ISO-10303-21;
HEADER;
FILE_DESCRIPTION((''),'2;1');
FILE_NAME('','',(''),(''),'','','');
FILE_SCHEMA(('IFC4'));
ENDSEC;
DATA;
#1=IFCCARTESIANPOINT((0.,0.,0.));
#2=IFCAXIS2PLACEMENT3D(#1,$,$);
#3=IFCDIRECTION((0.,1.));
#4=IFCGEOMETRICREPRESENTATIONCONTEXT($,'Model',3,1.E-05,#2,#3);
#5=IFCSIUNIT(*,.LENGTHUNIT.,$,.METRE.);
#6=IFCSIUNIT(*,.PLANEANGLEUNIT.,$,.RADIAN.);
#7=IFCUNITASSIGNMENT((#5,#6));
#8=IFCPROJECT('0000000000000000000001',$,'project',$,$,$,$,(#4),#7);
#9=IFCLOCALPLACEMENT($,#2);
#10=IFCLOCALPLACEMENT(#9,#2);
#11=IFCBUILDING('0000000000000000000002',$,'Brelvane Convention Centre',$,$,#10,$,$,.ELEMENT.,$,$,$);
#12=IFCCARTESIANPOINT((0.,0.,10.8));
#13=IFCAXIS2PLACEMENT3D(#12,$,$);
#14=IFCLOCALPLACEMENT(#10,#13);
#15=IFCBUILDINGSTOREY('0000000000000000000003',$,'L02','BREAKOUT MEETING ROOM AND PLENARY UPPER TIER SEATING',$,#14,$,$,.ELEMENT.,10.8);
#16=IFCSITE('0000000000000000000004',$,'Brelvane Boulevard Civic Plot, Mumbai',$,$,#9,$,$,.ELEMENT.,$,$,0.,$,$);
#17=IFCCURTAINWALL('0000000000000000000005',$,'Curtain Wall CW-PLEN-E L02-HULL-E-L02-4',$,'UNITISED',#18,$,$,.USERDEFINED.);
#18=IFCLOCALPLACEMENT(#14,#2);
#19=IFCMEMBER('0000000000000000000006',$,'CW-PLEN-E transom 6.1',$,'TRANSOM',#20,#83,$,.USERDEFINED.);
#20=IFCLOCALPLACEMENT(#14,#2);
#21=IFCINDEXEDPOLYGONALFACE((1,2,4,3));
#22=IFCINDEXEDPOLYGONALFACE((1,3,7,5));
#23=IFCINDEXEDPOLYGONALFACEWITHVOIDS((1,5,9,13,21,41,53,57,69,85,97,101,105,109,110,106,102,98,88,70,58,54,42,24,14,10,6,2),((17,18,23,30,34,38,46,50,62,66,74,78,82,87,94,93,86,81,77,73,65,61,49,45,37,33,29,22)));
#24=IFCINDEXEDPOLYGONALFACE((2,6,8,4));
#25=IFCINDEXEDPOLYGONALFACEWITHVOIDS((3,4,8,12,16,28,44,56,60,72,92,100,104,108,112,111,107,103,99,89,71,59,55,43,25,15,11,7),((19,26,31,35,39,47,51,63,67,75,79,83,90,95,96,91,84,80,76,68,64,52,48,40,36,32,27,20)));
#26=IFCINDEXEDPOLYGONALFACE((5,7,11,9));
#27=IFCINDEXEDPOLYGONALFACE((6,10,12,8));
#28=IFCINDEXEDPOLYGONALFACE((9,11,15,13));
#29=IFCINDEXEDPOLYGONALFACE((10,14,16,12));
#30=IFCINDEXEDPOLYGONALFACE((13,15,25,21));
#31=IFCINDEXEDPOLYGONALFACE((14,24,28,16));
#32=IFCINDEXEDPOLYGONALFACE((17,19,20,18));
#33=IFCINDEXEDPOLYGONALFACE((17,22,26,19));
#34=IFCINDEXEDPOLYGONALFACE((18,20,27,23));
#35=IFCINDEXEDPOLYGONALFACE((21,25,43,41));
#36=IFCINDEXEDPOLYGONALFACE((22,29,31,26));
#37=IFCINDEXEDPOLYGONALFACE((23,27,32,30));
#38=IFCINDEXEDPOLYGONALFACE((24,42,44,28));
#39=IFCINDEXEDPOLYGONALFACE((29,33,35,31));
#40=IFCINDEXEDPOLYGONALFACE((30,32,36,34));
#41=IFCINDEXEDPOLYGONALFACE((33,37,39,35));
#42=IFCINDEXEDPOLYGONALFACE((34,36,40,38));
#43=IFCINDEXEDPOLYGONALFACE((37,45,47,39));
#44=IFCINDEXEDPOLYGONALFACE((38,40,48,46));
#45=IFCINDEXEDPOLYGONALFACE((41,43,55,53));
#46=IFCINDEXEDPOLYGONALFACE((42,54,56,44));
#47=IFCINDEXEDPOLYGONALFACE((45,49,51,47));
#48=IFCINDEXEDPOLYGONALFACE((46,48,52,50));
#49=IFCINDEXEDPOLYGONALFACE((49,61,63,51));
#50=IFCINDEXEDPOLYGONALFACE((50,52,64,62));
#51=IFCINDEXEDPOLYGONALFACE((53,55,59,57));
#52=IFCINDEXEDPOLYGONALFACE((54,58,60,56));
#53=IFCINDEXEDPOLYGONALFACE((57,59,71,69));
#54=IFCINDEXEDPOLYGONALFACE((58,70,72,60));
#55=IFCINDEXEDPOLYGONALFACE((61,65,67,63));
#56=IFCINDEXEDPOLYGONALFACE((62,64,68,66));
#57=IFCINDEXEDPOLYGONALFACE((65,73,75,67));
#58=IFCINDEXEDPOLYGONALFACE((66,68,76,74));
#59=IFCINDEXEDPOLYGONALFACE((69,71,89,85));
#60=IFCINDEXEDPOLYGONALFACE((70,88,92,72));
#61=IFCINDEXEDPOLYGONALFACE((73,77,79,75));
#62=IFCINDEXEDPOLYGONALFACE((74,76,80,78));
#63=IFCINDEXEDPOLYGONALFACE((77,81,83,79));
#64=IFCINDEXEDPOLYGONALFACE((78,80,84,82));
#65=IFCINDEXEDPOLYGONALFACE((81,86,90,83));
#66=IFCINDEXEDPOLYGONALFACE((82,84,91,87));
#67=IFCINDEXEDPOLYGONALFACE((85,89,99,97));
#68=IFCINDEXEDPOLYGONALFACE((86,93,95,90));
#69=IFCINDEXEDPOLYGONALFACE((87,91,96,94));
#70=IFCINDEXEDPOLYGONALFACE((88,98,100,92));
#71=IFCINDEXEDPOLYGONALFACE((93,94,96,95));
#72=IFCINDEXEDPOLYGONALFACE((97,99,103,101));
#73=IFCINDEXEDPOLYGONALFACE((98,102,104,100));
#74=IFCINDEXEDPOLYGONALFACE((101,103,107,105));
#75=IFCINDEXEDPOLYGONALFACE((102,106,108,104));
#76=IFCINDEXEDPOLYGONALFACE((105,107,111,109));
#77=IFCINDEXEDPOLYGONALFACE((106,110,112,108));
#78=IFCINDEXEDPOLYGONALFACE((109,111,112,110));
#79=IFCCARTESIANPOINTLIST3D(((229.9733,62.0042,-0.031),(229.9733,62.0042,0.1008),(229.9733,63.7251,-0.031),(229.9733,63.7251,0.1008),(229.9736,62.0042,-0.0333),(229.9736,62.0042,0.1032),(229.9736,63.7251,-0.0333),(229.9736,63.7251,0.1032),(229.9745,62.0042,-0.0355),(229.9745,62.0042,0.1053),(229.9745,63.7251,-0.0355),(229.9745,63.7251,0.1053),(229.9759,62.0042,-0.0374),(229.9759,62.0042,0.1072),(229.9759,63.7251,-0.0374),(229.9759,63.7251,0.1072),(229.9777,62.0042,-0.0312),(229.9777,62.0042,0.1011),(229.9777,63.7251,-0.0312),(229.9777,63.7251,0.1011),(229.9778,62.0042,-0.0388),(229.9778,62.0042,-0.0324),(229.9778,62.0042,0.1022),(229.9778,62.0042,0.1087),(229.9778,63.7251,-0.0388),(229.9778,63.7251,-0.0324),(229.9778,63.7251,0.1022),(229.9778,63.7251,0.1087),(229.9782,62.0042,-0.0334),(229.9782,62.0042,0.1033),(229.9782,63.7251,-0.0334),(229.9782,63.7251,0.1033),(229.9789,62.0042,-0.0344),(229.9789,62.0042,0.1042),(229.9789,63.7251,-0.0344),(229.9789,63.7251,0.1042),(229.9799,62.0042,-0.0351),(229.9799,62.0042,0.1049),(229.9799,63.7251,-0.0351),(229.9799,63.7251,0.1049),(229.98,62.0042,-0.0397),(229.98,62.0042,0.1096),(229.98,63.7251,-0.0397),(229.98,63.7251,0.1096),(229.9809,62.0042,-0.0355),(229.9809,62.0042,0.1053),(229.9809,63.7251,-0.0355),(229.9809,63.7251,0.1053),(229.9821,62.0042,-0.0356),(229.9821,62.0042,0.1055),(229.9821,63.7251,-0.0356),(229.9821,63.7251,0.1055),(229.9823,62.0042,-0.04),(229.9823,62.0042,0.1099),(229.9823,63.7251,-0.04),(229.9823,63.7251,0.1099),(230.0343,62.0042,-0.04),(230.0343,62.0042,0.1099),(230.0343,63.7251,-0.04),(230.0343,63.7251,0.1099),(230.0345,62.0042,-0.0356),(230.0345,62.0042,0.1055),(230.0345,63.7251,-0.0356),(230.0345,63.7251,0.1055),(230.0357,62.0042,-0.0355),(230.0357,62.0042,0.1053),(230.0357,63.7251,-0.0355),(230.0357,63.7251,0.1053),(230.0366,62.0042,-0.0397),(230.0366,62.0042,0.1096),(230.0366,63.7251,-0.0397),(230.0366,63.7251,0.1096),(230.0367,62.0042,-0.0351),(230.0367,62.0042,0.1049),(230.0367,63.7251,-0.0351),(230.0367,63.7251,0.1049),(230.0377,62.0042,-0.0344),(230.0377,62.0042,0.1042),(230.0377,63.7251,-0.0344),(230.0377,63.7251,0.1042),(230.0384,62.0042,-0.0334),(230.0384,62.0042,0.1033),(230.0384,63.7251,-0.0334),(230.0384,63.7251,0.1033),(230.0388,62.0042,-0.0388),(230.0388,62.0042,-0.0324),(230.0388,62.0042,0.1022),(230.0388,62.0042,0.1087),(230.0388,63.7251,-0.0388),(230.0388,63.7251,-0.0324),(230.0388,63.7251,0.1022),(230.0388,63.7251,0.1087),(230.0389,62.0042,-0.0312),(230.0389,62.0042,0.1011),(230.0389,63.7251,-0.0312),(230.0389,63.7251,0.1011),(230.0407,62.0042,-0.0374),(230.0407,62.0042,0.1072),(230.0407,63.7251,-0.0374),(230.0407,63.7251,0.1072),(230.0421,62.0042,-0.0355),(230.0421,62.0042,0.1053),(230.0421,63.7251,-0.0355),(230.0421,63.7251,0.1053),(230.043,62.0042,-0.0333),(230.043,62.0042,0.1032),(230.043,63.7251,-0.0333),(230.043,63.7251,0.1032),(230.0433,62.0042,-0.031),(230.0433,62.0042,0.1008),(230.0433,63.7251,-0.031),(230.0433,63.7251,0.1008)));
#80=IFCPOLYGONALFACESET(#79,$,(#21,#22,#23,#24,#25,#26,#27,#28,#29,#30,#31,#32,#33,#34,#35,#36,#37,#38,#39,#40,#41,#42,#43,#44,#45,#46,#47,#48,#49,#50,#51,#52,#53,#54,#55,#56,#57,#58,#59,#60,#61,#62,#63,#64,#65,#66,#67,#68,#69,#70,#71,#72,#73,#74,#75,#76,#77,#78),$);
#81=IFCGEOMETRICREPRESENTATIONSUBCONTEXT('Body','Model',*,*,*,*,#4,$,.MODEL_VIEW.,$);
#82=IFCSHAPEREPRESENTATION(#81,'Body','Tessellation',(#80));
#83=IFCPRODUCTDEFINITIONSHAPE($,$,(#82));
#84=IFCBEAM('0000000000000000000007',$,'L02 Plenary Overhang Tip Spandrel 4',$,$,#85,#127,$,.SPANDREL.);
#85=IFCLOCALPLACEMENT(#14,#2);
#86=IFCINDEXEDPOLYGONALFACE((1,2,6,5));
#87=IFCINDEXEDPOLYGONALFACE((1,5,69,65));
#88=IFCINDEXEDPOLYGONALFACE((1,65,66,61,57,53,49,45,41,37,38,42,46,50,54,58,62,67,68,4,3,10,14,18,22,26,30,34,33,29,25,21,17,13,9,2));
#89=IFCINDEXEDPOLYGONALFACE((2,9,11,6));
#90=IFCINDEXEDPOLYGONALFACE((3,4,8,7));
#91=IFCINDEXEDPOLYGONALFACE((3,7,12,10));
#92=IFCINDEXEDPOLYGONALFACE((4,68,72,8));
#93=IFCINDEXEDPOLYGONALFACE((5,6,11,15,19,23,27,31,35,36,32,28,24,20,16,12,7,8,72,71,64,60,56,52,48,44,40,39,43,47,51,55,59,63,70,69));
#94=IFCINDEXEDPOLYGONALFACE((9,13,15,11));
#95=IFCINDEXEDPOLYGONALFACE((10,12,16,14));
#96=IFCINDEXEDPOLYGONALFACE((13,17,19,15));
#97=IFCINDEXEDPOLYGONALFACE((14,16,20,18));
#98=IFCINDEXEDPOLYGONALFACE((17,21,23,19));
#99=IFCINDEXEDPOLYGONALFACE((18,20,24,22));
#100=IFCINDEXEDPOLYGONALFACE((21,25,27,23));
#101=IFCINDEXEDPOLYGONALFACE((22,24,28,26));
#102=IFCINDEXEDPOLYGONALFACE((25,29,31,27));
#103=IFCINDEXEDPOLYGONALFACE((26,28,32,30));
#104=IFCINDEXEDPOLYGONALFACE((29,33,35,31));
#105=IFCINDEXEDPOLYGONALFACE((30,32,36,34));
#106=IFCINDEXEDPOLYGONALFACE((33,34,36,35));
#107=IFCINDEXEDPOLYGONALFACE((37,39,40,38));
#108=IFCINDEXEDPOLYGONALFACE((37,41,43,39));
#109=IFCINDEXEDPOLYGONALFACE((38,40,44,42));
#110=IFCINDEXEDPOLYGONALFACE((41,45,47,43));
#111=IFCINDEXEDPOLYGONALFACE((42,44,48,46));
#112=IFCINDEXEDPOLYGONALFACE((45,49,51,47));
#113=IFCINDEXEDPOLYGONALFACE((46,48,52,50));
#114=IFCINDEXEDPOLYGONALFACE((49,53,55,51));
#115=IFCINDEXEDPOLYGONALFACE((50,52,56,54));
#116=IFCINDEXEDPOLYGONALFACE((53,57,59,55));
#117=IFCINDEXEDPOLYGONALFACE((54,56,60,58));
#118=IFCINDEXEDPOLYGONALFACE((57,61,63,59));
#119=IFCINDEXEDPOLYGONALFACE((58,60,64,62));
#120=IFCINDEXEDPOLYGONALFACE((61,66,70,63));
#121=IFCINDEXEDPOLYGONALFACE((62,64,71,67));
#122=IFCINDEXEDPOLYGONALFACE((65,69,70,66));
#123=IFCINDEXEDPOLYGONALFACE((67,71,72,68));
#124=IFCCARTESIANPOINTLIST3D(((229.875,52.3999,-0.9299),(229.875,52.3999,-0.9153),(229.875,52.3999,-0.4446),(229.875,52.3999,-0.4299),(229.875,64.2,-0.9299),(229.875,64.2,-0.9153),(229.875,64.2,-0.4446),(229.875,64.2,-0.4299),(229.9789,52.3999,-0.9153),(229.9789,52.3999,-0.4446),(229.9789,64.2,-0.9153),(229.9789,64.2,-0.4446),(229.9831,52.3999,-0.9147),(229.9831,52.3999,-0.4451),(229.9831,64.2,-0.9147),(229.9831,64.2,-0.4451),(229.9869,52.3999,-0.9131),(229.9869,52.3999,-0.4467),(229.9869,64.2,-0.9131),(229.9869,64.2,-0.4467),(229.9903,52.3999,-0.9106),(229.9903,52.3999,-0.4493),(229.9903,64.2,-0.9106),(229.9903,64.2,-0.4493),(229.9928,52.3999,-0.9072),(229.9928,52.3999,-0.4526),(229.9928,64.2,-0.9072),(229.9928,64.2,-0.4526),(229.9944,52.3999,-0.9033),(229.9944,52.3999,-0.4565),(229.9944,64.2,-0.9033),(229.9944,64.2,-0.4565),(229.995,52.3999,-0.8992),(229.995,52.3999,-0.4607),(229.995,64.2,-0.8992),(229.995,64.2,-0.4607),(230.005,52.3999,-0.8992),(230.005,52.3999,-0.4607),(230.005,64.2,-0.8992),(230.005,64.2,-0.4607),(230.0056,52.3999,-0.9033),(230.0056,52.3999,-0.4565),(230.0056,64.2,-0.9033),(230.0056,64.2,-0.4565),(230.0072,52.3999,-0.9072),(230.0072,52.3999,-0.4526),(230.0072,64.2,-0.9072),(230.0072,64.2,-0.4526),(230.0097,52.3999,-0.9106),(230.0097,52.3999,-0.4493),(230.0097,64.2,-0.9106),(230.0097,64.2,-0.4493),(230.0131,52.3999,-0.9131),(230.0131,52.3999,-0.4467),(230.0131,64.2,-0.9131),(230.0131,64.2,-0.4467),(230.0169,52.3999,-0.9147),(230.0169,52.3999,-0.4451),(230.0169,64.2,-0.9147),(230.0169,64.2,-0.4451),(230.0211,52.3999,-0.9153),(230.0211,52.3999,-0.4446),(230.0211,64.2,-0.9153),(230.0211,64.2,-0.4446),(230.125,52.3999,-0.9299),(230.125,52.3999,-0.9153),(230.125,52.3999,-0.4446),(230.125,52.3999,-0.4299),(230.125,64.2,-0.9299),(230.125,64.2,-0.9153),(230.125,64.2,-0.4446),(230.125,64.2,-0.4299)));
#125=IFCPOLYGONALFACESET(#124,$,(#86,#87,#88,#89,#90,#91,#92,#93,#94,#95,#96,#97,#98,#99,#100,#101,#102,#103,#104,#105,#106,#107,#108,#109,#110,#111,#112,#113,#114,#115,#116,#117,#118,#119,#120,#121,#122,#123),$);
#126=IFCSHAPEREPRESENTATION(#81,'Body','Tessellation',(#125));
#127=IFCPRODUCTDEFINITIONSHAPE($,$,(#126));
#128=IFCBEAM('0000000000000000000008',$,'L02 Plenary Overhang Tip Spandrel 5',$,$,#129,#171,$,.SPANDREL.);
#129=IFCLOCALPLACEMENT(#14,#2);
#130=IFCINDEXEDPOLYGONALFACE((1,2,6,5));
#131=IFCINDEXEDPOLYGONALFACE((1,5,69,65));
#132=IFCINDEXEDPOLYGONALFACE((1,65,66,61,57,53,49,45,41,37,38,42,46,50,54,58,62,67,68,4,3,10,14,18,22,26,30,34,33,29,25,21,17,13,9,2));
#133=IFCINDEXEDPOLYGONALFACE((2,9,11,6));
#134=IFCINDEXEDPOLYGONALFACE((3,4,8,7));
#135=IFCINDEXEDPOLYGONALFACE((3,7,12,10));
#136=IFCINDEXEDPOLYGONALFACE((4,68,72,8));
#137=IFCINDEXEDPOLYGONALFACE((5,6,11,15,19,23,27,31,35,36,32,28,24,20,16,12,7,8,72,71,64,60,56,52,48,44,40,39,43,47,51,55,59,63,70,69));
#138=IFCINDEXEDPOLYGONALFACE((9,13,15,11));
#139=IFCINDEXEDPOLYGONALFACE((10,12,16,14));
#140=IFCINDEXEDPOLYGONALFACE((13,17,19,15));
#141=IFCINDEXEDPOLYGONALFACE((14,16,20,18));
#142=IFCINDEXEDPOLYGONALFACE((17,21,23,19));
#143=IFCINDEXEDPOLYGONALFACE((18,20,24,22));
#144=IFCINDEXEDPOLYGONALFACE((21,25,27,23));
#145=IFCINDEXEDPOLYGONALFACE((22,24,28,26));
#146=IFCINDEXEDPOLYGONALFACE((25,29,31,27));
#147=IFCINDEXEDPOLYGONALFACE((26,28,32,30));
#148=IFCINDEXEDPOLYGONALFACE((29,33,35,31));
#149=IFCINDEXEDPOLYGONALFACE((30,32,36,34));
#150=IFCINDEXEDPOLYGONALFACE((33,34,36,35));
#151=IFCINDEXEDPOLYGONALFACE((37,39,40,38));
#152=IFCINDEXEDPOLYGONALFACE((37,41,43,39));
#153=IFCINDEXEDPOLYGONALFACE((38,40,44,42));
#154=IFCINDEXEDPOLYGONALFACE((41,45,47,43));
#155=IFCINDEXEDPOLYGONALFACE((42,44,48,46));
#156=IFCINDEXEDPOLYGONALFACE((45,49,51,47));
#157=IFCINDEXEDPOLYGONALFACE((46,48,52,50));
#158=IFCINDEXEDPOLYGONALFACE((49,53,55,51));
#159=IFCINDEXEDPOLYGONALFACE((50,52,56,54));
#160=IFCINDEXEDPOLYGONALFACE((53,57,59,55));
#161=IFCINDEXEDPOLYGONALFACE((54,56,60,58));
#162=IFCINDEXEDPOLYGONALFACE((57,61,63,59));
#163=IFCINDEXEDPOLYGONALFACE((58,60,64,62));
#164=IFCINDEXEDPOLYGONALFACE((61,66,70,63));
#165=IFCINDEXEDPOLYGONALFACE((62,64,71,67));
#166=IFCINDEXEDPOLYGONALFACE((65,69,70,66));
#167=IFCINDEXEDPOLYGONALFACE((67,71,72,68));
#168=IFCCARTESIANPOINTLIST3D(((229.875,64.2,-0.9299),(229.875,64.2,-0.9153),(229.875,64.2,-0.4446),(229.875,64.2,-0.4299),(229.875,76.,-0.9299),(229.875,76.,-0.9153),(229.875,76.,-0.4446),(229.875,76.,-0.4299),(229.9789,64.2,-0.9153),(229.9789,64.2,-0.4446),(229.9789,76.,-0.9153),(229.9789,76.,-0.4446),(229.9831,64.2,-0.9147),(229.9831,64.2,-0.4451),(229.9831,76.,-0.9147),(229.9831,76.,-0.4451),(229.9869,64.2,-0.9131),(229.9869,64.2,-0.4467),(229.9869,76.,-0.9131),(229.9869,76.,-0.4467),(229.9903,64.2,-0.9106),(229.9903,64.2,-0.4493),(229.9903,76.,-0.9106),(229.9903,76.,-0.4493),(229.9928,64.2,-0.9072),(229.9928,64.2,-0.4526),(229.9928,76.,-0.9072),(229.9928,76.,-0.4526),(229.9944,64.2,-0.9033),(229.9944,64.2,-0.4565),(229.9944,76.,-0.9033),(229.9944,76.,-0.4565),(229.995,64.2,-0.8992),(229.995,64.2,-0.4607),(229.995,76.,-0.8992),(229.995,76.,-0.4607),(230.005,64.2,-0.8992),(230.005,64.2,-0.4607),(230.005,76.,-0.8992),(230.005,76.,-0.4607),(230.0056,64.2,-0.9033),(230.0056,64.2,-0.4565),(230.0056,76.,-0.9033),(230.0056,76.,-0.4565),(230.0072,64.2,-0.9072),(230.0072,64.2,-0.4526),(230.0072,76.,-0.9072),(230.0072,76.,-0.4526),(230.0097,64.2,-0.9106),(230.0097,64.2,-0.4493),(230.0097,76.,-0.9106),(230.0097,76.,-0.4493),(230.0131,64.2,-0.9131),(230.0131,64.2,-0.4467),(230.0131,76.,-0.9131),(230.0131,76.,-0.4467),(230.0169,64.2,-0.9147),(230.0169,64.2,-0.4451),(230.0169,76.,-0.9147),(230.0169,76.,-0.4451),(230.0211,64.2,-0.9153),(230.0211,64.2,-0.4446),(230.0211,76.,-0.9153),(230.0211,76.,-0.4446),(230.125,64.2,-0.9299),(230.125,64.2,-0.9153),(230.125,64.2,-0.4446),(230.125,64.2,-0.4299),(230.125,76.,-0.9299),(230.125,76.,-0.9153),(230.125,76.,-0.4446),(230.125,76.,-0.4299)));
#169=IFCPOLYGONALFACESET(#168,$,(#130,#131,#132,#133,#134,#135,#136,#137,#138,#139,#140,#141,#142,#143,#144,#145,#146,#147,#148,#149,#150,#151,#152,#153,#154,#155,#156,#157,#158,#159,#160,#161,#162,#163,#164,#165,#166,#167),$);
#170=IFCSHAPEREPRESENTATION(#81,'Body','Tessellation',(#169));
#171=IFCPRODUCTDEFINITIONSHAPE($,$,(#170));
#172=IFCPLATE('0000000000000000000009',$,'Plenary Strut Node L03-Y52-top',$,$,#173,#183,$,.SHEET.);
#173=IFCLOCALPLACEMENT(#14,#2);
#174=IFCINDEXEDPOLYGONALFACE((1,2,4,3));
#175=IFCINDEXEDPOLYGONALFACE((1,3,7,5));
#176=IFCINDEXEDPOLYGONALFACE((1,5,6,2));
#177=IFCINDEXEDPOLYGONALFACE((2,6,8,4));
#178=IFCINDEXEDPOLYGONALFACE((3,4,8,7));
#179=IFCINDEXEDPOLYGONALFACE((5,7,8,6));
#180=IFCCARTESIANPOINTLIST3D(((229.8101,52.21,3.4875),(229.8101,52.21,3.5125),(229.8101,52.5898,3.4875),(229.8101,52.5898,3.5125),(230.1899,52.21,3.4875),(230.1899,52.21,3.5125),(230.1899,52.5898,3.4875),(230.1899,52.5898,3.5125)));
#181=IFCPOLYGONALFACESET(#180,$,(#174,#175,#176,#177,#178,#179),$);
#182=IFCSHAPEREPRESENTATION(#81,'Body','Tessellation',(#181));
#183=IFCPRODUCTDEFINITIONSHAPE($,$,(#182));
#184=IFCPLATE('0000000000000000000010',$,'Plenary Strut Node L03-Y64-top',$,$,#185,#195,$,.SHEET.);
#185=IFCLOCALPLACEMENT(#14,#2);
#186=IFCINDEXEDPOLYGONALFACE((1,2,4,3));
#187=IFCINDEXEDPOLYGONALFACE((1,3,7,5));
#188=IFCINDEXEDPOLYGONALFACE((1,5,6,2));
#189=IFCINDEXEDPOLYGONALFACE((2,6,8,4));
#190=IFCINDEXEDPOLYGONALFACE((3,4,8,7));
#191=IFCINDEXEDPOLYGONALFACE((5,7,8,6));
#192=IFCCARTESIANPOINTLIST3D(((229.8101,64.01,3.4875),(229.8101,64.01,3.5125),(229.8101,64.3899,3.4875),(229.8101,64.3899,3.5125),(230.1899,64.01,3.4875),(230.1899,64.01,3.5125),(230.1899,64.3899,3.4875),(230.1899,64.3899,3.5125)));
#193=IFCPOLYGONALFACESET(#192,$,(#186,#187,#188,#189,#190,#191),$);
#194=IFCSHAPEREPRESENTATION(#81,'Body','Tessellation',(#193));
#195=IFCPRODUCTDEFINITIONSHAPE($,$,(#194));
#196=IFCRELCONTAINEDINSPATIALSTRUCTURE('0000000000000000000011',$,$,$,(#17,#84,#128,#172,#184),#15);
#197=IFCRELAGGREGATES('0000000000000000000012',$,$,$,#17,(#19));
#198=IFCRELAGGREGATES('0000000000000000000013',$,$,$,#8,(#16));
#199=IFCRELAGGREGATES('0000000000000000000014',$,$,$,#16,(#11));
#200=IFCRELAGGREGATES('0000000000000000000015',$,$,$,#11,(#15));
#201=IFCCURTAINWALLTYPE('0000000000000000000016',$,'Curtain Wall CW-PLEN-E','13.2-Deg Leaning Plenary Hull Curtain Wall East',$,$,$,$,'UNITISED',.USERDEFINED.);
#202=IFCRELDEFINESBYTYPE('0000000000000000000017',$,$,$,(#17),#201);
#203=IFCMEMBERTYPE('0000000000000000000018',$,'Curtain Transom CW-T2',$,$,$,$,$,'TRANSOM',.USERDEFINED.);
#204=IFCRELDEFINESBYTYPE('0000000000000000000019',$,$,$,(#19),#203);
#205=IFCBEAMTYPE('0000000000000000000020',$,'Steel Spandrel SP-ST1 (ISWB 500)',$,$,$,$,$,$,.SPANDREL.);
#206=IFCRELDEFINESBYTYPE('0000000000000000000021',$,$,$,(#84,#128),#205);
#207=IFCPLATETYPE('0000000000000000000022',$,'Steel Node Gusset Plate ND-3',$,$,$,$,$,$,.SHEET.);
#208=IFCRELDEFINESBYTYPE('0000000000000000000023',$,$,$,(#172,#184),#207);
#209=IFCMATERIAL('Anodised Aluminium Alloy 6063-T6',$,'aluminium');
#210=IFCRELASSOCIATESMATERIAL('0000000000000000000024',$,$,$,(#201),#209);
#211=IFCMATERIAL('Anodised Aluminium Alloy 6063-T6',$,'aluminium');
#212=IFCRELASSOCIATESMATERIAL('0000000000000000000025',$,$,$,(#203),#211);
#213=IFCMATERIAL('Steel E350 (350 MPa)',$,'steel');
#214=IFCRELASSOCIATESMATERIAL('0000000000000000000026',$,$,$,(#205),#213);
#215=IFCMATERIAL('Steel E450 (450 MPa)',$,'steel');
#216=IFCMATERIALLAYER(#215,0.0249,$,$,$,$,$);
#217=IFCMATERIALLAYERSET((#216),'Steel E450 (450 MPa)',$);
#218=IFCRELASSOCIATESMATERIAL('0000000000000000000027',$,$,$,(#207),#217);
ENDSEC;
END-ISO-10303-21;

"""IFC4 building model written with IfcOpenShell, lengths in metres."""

from ifc_helpers import new_model, si_unit, direction, frame, origin, origin_2d, place, context, subcontext, project, spatial, rectangle, hollow_rectangle, i_section, extrude, material, layer, layer_set, material_profile, profile_set, type_object, element, aggregate, save


model = new_model("IFC4")

# Units and contexts
model_context = context("Model", 3, precision=1e-05, world=origin(), true_north=direction((0.0, 1.0)))
body_context = subcontext(model_context, "Body", "Model", "MODEL_VIEW")
ifc_project = project(units=[si_unit("LENGTHUNIT", "METRE"), si_unit("PLANEANGLEUNIT", "RADIAN")], contexts=[model_context])

# Site, building, storey
site_placement = place(None, origin())
site = spatial("IfcSite", under=ifc_project, at=site_placement, Name="Brelvane Boulevard Civic Plot, Mumbai", CompositionType="ELEMENT", RefElevation=0.0)
building_placement = place(site_placement, origin())
building = spatial("IfcBuilding", under=site, at=building_placement, Name="Brelvane Convention Centre", CompositionType="ELEMENT")
storey_placement = place(building_placement, frame((0.0, 0.0, 10.8)))
storey = spatial("IfcBuildingStorey", under=building, at=storey_placement, Name="L02", Description="BREAKOUT MEETING ROOM AND PLENARY UPPER TIER SEATING", CompositionType="ELEMENT", Elevation=10.8)

# Curtain wall
ifc_material_1 = material(Name="Anodised Aluminium Alloy 6063-T6", Category="aluminium")
curtain_wall_type = type_object("IfcCurtainWallType", Name="Curtain Wall CW-PLEN-E", Description="13.2-Deg Leaning Plenary Hull Curtain Wall East", ElementType="UNITISED", PredefinedType="USERDEFINED", material=ifc_material_1)
curtain_wall_1_placement = place(storey_placement, origin())
curtain_wall_1 = element("IfcCurtainWall", 1, at=curtain_wall_1_placement, inside=storey, type_object=curtain_wall_type, Name="Curtain Wall CW-PLEN-E L02-HULL-E-L02-4", ObjectType="UNITISED", PredefinedType="USERDEFINED")

# Member
ifc_material_2 = material(Name="Anodised Aluminium Alloy 6063-T6", Category="aluminium")
ifc_material_profile_1 = material_profile(ifc_material_2, hollow_rectangle(XDim=0.0701, YDim=0.1499, WallThickness=0.0044, InnerFilletRadius=0.0044, OuterFilletRadius=0.009, at=origin_2d()), Name="ALU-T 150x70x4.5")
ifc_profile_set_1 = profile_set([ifc_material_profile_1], Name="Anodised Aluminium Alloy 6063-T6")
member_type_1 = type_object("IfcMemberType", Name="Curtain Transom CW-T2", ElementType="TRANSOM", PredefinedType="USERDEFINED", material=ifc_profile_set_1)
member_1_placement = place(storey_placement, frame((230.0083, 62.0042, 0.0349), z_axis=(0.0, 1.0, 0.0), x_axis=(-1.0, 0.0, 0.0)))
member_1 = element("IfcMember", 2, at=member_1_placement, type_object=member_type_1, Name="CW-PLEN-E transom 6.1", ObjectType="TRANSOM", PredefinedType="USERDEFINED", context=body_context, shape_type="SweptSolid", body=[
    extrude(hollow_rectangle(XDim=0.0701, YDim=0.1499, WallThickness=0.0044, InnerFilletRadius=0.0044, OuterFilletRadius=0.009, at=origin_2d()), origin(), (0.0, 0.0, 1.0), 1.7209),
])
aggregate(curtain_wall_1, [member_1])

# Beams
ifc_material_3 = material(Name="Steel E350 (350 MPa)", Category="steel")
ifc_material_profile_2 = material_profile(ifc_material_3, i_section(OverallWidth=0.25, OverallDepth=0.5, WebThickness=0.01, FlangeThickness=0.0146, FilletRadius=0.0161, at=origin_2d()), Name="ISWB 500")
ifc_profile_set_2 = profile_set([ifc_material_profile_2], Name="Steel E350 (350 MPa)")
beam_type = type_object("IfcBeamType", Name="Steel Spandrel SP-ST1 (ISWB 500)", PredefinedType="SPANDREL", material=ifc_profile_set_2)
for number, where, z_axis, x_axis, name in (
    (3, (230.0, 52.3999, -0.6799), (0.0, 1.0, 0.0), (-1.0, 0.0, 0.0), "L02 Plenary Overhang Tip Spandrel 4"),
    (4, (230.0, 64.2, -0.6799), (0.0, 1.0, 0.0), (-1.0, 0.0, 0.0), "L02 Plenary Overhang Tip Spandrel 5"),
):
    element("IfcBeam", number, at=place(storey_placement, frame(where, z_axis=z_axis, x_axis=x_axis)), inside=storey, type_object=beam_type, Name=name, PredefinedType="SPANDREL", context=body_context, shape_type="SweptSolid", body=[
        extrude(i_section(OverallWidth=0.25, OverallDepth=0.5, WebThickness=0.01, FlangeThickness=0.0146, FilletRadius=0.0161, at=origin_2d()), origin(), (0.0, 0.0, 1.0), 11.8),
    ])

# Plates
ifc_material_4 = material(Name="Steel E450 (450 MPa)", Category="steel")
ifc_layer = layer(ifc_material_4, 0.0249)
ifc_layer_set = layer_set([ifc_layer], Name="Steel E450 (450 MPa)")
plate_type = type_object("IfcPlateType", Name="Steel Node Gusset Plate ND-3", PredefinedType="SHEET", material=ifc_layer_set)
for number, where, z_axis, x_axis, name in (
    (5, (230.0, 52.3999, 3.4875), (0.0, 0.0, 1.0), (1.0, 0.0, 0.0), "Plenary Strut Node L03-Y52-top"),
    (6, (230.0, 64.2, 3.4875), (0.0, 0.0, 1.0), (1.0, 0.0, 0.0), "Plenary Strut Node L03-Y64-top"),
):
    element("IfcPlate", number, at=place(storey_placement, frame(where, z_axis=z_axis, x_axis=x_axis)), inside=storey, type_object=plate_type, Name=name, PredefinedType="SHEET", context=body_context, shape_type="SweptSolid", body=[
        extrude(rectangle(XDim=0.3799, YDim=0.3799, at=origin_2d()), origin(), (0.0, 0.0, 1.0), 0.0249),
    ])

save(model, "model.ifc")
